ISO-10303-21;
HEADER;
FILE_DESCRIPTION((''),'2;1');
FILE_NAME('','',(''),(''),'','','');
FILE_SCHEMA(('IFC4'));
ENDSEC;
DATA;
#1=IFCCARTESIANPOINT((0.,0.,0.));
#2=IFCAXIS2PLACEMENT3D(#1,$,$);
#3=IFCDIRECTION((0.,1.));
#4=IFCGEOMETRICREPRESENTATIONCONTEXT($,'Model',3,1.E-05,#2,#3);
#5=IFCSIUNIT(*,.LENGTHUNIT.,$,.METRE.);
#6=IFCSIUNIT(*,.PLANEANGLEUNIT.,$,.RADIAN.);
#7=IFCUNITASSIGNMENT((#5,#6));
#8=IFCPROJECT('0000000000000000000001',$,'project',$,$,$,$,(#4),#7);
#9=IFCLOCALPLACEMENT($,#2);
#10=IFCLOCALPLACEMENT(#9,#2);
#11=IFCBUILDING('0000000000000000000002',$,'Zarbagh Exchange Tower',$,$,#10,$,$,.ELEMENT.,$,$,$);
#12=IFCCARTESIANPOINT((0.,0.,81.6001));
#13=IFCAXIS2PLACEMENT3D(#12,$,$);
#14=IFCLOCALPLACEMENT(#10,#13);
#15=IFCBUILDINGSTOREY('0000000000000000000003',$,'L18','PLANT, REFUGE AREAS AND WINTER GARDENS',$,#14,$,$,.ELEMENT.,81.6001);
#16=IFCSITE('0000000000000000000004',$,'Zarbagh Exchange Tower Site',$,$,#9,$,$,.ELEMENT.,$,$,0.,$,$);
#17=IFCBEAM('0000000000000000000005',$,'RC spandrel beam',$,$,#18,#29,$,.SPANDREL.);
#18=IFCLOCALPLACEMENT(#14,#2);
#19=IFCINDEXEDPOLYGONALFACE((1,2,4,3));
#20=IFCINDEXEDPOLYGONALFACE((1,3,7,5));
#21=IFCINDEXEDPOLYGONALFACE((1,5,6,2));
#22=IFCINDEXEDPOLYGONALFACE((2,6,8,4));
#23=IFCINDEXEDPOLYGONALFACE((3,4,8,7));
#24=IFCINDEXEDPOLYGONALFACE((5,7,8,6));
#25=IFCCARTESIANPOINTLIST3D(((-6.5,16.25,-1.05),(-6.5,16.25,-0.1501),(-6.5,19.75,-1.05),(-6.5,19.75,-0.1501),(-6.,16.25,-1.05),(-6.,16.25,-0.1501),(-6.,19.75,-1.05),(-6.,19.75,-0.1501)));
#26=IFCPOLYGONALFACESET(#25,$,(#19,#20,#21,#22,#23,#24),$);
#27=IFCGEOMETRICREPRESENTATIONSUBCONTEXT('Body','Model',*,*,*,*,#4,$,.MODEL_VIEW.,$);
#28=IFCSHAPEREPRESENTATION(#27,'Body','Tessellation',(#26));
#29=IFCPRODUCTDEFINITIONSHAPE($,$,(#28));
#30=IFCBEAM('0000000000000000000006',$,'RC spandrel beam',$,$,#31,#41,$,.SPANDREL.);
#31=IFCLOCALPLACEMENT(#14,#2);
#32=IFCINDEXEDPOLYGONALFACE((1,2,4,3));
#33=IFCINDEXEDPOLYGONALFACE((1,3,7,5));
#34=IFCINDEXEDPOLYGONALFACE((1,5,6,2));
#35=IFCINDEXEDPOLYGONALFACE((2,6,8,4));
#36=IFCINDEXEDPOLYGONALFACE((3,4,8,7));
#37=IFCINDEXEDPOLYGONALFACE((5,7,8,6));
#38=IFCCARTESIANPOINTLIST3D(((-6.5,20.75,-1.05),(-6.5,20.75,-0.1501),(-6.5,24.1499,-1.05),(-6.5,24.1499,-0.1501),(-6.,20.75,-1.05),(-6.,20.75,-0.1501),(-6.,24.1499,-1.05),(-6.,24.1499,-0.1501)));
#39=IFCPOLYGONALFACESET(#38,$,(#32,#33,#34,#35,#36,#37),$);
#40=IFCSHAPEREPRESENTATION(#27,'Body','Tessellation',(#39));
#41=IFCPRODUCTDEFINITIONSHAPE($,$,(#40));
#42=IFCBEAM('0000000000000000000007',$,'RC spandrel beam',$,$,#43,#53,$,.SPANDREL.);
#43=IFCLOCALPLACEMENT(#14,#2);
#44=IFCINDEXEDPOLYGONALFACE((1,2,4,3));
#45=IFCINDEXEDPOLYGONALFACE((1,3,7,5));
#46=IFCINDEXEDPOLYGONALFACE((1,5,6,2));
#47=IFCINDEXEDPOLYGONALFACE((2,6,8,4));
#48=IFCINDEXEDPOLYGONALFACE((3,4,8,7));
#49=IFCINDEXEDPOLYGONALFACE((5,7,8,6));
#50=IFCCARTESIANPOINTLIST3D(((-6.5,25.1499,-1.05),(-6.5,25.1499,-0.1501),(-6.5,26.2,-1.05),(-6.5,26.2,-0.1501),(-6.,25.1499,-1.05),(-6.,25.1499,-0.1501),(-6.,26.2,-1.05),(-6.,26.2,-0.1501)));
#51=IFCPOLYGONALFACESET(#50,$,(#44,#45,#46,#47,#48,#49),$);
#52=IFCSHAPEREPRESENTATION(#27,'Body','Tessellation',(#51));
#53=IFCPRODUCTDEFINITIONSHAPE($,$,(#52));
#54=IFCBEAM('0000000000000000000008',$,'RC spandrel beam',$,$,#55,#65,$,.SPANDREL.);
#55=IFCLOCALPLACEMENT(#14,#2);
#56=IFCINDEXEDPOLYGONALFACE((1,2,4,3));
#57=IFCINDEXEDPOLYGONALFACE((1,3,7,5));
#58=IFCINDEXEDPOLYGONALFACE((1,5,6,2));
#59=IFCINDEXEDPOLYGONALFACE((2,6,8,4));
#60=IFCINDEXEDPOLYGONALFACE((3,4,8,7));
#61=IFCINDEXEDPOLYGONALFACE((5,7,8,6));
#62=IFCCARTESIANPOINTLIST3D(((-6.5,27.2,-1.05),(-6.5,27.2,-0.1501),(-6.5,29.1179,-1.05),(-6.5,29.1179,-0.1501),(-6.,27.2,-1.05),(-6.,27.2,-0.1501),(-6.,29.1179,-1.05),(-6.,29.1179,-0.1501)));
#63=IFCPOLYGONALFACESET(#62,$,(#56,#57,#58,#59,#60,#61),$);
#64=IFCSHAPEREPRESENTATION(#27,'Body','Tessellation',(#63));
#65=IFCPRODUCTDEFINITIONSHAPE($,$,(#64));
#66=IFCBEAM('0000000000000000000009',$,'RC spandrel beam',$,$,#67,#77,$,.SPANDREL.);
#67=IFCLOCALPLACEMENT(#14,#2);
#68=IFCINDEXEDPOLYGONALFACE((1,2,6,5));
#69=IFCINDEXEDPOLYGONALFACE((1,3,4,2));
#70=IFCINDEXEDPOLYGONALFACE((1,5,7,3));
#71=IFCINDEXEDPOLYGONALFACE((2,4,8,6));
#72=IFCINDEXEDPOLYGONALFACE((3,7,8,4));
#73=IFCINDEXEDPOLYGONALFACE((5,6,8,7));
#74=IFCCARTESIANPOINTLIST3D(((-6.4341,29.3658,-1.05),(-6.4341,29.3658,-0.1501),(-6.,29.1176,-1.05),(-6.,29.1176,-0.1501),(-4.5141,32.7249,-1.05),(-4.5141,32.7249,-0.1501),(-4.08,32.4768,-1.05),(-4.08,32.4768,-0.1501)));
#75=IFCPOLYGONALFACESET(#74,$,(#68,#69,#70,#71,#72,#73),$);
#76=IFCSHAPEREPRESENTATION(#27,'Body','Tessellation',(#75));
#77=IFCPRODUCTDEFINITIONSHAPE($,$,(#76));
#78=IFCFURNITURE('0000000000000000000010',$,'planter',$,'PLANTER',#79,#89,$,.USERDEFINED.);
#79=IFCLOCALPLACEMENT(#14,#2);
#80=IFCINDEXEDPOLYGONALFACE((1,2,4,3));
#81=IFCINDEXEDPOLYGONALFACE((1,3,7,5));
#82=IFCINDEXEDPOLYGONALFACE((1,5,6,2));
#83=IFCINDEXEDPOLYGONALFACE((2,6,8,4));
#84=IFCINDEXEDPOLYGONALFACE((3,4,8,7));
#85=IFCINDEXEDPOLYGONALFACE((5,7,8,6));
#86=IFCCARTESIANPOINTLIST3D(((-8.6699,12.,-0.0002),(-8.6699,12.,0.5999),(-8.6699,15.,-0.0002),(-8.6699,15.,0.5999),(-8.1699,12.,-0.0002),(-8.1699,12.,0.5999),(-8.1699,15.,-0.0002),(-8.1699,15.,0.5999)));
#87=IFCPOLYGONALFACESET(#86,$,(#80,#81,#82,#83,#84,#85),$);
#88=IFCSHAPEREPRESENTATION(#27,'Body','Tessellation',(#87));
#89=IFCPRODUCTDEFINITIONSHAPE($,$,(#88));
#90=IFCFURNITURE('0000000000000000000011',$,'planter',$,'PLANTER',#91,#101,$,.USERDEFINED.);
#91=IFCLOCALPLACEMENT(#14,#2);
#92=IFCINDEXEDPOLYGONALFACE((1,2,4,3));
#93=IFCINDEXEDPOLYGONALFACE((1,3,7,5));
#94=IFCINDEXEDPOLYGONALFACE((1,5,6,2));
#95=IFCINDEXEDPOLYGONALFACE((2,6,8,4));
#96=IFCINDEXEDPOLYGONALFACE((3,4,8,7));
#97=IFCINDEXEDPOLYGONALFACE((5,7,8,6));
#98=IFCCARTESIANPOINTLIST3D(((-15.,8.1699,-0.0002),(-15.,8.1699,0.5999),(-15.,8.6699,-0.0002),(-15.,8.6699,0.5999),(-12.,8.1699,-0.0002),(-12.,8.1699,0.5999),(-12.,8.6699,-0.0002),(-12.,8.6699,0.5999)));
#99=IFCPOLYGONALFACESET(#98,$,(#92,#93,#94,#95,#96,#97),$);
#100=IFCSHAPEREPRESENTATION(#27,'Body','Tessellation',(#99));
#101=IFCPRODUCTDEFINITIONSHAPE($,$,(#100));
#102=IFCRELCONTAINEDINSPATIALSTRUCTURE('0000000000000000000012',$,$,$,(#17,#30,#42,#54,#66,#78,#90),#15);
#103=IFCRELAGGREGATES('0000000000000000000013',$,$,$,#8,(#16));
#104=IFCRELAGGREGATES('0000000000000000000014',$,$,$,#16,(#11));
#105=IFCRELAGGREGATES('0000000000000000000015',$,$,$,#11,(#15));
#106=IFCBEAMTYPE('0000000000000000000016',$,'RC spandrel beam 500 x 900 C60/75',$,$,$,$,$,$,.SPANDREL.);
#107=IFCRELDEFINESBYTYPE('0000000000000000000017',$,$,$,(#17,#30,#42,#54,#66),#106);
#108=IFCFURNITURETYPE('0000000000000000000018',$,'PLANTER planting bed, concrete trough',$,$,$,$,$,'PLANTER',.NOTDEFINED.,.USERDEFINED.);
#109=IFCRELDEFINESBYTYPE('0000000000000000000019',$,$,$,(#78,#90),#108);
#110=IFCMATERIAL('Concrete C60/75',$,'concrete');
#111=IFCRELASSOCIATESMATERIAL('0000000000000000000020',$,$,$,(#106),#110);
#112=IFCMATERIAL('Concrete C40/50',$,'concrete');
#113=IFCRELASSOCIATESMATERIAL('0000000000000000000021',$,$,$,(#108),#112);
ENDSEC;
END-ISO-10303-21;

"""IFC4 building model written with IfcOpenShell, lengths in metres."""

from ifc_helpers import new_model, si_unit, direction, frame, origin, origin_2d, place, context, subcontext, project, spatial, rectangle, extrude, material, material_profile, profile_set, type_object, element, save


model = new_model("IFC4")

# Units and contexts
model_context = context("Model", 3, precision=1e-05, world=origin(), true_north=direction((0.0, 1.0)))
body_context = subcontext(model_context, "Body", "Model", "MODEL_VIEW")
ifc_project = project(units=[si_unit("LENGTHUNIT", "METRE"), si_unit("PLANEANGLEUNIT", "RADIAN")], contexts=[model_context])

# Site, building, storey
site_placement = place(None, origin())
site = spatial("IfcSite", under=ifc_project, at=site_placement, Name="Zarbagh Exchange Tower Site", CompositionType="ELEMENT", RefElevation=0.0)
building_placement = place(site_placement, origin())
building = spatial("IfcBuilding", under=site, at=building_placement, Name="Zarbagh Exchange Tower", CompositionType="ELEMENT")
storey_placement = place(building_placement, frame((0.0, 0.0, 81.6001)))
storey = spatial("IfcBuildingStorey", under=building, at=storey_placement, Name="L18", Description="PLANT, REFUGE AREAS AND WINTER GARDENS", CompositionType="ELEMENT", Elevation=81.6001)

# Shared definitions
ifc_material_1 = material(Name="Concrete C60/75", Category="concrete")

# Beams
ifc_material_2 = material(Name="Concrete C40/50", Category="concrete")
ifc_material_profile_1 = material_profile(ifc_material_1, rectangle(XDim=0.5, YDim=0.8999, at=origin_2d()), Name="RC spandrel beam 500 x 900 C60/75")
ifc_profile_set_1 = profile_set([ifc_material_profile_1], Name="Concrete C60/75")
beam_type_1 = type_object("IfcBeamType", Name="RC spandrel beam 500 x 900 C60/75", PredefinedType="SPANDREL", material=ifc_profile_set_1)
beam_1_placement = place(storey_placement, frame((-6.25, 16.25, -0.6001), z_axis=(0.0, 1.0, 0.0), x_axis=(-1.0, 0.0, 0.0)))
element("IfcBeam", 1, at=beam_1_placement, inside=storey, type_object=beam_type_1, Name="RC spandrel beam", PredefinedType="SPANDREL", context=body_context, shape_type="SweptSolid", body=[
    extrude(rectangle(XDim=0.5, YDim=0.8999, at=origin_2d()), origin(), (0.0, 0.0, 1.0), 3.5),
])
beam_2_placement = place(storey_placement, frame((-6.25, 20.75, -0.6001), z_axis=(0.0, 1.0, 0.0), x_axis=(-1.0, 0.0, 0.0)))
element("IfcBeam", 2, at=beam_2_placement, inside=storey, type_object=beam_type_1, Name="RC spandrel beam", PredefinedType="SPANDREL", context=body_context, shape_type="SweptSolid", body=[
    extrude(rectangle(XDim=0.5, YDim=0.8999, at=origin_2d()), origin(), (0.0, 0.0, 1.0), 3.3999),
])
beam_3_placement = place(storey_placement, frame((-6.25, 25.1499, -0.6001), z_axis=(0.0, 1.0, 0.0), x_axis=(-1.0, 0.0, 0.0)))
element("IfcBeam", 3, at=beam_3_placement, inside=storey, type_object=beam_type_1, Name="RC spandrel beam", PredefinedType="SPANDREL", context=body_context, shape_type="SweptSolid", body=[
    extrude(rectangle(XDim=0.5, YDim=0.8999, at=origin_2d()), origin(), (0.0, 0.0, 1.0), 1.05),
])
beam_4_placement = place(storey_placement, frame((-6.25, 27.2, -0.6001), z_axis=(0.0, 1.0, 0.0), x_axis=(-1.0, 0.0, 0.0)))
element("IfcBeam", 4, at=beam_4_placement, inside=storey, type_object=beam_type_1, Name="RC spandrel beam", PredefinedType="SPANDREL", context=body_context, shape_type="SweptSolid", body=[
    extrude(rectangle(XDim=0.5, YDim=0.8999, at=origin_2d()), origin(), (0.0, 0.0, 1.0), 1.918),
])
beam_5_placement = place(storey_placement, frame((-6.217, 29.2417, -0.6001), z_axis=(0.49622, 0.868197, 0.0), x_axis=(-0.868197, 0.49622, 0.0)))
element("IfcBeam", 5, at=beam_5_placement, inside=storey, type_object=beam_type_1, Name="RC spandrel beam", PredefinedType="SPANDREL", context=body_context, shape_type="SweptSolid", body=[
    extrude(rectangle(XDim=0.5, YDim=0.8999, at=origin_2d()), origin(), (0.0, 0.0, 1.0), 3.8691),
])

# Furniture
furniture_type = type_object("IfcFurnitureType", Name="PLANTER planting bed, concrete trough", ElementType="PLANTER", AssemblyPlace="NOTDEFINED", PredefinedType="USERDEFINED", material=ifc_material_2)
for number, where, z_axis, x_axis, name in (
    (6, (-8.4199, 13.5, -0.0002), (0.0, 0.0, 1.0), (0.0, 1.0, 0.0), "planter"),
    (7, (-13.5, 8.4199, -0.0002), (0.0, 0.0, 1.0), (1.0, 0.0, 0.0), "planter"),
):
    element("IfcFurniture", number, at=place(storey_placement, frame(where, z_axis=z_axis, x_axis=x_axis)), inside=storey, type_object=furniture_type, Name=name, ObjectType="PLANTER", PredefinedType="USERDEFINED", context=body_context, shape_type="SweptSolid", body=[
        extrude(rectangle(XDim=3.0, YDim=0.5, at=origin_2d()), origin(), (0.0, 0.0, 1.0), 0.6001),
    ])

save(model, "model.ifc")
